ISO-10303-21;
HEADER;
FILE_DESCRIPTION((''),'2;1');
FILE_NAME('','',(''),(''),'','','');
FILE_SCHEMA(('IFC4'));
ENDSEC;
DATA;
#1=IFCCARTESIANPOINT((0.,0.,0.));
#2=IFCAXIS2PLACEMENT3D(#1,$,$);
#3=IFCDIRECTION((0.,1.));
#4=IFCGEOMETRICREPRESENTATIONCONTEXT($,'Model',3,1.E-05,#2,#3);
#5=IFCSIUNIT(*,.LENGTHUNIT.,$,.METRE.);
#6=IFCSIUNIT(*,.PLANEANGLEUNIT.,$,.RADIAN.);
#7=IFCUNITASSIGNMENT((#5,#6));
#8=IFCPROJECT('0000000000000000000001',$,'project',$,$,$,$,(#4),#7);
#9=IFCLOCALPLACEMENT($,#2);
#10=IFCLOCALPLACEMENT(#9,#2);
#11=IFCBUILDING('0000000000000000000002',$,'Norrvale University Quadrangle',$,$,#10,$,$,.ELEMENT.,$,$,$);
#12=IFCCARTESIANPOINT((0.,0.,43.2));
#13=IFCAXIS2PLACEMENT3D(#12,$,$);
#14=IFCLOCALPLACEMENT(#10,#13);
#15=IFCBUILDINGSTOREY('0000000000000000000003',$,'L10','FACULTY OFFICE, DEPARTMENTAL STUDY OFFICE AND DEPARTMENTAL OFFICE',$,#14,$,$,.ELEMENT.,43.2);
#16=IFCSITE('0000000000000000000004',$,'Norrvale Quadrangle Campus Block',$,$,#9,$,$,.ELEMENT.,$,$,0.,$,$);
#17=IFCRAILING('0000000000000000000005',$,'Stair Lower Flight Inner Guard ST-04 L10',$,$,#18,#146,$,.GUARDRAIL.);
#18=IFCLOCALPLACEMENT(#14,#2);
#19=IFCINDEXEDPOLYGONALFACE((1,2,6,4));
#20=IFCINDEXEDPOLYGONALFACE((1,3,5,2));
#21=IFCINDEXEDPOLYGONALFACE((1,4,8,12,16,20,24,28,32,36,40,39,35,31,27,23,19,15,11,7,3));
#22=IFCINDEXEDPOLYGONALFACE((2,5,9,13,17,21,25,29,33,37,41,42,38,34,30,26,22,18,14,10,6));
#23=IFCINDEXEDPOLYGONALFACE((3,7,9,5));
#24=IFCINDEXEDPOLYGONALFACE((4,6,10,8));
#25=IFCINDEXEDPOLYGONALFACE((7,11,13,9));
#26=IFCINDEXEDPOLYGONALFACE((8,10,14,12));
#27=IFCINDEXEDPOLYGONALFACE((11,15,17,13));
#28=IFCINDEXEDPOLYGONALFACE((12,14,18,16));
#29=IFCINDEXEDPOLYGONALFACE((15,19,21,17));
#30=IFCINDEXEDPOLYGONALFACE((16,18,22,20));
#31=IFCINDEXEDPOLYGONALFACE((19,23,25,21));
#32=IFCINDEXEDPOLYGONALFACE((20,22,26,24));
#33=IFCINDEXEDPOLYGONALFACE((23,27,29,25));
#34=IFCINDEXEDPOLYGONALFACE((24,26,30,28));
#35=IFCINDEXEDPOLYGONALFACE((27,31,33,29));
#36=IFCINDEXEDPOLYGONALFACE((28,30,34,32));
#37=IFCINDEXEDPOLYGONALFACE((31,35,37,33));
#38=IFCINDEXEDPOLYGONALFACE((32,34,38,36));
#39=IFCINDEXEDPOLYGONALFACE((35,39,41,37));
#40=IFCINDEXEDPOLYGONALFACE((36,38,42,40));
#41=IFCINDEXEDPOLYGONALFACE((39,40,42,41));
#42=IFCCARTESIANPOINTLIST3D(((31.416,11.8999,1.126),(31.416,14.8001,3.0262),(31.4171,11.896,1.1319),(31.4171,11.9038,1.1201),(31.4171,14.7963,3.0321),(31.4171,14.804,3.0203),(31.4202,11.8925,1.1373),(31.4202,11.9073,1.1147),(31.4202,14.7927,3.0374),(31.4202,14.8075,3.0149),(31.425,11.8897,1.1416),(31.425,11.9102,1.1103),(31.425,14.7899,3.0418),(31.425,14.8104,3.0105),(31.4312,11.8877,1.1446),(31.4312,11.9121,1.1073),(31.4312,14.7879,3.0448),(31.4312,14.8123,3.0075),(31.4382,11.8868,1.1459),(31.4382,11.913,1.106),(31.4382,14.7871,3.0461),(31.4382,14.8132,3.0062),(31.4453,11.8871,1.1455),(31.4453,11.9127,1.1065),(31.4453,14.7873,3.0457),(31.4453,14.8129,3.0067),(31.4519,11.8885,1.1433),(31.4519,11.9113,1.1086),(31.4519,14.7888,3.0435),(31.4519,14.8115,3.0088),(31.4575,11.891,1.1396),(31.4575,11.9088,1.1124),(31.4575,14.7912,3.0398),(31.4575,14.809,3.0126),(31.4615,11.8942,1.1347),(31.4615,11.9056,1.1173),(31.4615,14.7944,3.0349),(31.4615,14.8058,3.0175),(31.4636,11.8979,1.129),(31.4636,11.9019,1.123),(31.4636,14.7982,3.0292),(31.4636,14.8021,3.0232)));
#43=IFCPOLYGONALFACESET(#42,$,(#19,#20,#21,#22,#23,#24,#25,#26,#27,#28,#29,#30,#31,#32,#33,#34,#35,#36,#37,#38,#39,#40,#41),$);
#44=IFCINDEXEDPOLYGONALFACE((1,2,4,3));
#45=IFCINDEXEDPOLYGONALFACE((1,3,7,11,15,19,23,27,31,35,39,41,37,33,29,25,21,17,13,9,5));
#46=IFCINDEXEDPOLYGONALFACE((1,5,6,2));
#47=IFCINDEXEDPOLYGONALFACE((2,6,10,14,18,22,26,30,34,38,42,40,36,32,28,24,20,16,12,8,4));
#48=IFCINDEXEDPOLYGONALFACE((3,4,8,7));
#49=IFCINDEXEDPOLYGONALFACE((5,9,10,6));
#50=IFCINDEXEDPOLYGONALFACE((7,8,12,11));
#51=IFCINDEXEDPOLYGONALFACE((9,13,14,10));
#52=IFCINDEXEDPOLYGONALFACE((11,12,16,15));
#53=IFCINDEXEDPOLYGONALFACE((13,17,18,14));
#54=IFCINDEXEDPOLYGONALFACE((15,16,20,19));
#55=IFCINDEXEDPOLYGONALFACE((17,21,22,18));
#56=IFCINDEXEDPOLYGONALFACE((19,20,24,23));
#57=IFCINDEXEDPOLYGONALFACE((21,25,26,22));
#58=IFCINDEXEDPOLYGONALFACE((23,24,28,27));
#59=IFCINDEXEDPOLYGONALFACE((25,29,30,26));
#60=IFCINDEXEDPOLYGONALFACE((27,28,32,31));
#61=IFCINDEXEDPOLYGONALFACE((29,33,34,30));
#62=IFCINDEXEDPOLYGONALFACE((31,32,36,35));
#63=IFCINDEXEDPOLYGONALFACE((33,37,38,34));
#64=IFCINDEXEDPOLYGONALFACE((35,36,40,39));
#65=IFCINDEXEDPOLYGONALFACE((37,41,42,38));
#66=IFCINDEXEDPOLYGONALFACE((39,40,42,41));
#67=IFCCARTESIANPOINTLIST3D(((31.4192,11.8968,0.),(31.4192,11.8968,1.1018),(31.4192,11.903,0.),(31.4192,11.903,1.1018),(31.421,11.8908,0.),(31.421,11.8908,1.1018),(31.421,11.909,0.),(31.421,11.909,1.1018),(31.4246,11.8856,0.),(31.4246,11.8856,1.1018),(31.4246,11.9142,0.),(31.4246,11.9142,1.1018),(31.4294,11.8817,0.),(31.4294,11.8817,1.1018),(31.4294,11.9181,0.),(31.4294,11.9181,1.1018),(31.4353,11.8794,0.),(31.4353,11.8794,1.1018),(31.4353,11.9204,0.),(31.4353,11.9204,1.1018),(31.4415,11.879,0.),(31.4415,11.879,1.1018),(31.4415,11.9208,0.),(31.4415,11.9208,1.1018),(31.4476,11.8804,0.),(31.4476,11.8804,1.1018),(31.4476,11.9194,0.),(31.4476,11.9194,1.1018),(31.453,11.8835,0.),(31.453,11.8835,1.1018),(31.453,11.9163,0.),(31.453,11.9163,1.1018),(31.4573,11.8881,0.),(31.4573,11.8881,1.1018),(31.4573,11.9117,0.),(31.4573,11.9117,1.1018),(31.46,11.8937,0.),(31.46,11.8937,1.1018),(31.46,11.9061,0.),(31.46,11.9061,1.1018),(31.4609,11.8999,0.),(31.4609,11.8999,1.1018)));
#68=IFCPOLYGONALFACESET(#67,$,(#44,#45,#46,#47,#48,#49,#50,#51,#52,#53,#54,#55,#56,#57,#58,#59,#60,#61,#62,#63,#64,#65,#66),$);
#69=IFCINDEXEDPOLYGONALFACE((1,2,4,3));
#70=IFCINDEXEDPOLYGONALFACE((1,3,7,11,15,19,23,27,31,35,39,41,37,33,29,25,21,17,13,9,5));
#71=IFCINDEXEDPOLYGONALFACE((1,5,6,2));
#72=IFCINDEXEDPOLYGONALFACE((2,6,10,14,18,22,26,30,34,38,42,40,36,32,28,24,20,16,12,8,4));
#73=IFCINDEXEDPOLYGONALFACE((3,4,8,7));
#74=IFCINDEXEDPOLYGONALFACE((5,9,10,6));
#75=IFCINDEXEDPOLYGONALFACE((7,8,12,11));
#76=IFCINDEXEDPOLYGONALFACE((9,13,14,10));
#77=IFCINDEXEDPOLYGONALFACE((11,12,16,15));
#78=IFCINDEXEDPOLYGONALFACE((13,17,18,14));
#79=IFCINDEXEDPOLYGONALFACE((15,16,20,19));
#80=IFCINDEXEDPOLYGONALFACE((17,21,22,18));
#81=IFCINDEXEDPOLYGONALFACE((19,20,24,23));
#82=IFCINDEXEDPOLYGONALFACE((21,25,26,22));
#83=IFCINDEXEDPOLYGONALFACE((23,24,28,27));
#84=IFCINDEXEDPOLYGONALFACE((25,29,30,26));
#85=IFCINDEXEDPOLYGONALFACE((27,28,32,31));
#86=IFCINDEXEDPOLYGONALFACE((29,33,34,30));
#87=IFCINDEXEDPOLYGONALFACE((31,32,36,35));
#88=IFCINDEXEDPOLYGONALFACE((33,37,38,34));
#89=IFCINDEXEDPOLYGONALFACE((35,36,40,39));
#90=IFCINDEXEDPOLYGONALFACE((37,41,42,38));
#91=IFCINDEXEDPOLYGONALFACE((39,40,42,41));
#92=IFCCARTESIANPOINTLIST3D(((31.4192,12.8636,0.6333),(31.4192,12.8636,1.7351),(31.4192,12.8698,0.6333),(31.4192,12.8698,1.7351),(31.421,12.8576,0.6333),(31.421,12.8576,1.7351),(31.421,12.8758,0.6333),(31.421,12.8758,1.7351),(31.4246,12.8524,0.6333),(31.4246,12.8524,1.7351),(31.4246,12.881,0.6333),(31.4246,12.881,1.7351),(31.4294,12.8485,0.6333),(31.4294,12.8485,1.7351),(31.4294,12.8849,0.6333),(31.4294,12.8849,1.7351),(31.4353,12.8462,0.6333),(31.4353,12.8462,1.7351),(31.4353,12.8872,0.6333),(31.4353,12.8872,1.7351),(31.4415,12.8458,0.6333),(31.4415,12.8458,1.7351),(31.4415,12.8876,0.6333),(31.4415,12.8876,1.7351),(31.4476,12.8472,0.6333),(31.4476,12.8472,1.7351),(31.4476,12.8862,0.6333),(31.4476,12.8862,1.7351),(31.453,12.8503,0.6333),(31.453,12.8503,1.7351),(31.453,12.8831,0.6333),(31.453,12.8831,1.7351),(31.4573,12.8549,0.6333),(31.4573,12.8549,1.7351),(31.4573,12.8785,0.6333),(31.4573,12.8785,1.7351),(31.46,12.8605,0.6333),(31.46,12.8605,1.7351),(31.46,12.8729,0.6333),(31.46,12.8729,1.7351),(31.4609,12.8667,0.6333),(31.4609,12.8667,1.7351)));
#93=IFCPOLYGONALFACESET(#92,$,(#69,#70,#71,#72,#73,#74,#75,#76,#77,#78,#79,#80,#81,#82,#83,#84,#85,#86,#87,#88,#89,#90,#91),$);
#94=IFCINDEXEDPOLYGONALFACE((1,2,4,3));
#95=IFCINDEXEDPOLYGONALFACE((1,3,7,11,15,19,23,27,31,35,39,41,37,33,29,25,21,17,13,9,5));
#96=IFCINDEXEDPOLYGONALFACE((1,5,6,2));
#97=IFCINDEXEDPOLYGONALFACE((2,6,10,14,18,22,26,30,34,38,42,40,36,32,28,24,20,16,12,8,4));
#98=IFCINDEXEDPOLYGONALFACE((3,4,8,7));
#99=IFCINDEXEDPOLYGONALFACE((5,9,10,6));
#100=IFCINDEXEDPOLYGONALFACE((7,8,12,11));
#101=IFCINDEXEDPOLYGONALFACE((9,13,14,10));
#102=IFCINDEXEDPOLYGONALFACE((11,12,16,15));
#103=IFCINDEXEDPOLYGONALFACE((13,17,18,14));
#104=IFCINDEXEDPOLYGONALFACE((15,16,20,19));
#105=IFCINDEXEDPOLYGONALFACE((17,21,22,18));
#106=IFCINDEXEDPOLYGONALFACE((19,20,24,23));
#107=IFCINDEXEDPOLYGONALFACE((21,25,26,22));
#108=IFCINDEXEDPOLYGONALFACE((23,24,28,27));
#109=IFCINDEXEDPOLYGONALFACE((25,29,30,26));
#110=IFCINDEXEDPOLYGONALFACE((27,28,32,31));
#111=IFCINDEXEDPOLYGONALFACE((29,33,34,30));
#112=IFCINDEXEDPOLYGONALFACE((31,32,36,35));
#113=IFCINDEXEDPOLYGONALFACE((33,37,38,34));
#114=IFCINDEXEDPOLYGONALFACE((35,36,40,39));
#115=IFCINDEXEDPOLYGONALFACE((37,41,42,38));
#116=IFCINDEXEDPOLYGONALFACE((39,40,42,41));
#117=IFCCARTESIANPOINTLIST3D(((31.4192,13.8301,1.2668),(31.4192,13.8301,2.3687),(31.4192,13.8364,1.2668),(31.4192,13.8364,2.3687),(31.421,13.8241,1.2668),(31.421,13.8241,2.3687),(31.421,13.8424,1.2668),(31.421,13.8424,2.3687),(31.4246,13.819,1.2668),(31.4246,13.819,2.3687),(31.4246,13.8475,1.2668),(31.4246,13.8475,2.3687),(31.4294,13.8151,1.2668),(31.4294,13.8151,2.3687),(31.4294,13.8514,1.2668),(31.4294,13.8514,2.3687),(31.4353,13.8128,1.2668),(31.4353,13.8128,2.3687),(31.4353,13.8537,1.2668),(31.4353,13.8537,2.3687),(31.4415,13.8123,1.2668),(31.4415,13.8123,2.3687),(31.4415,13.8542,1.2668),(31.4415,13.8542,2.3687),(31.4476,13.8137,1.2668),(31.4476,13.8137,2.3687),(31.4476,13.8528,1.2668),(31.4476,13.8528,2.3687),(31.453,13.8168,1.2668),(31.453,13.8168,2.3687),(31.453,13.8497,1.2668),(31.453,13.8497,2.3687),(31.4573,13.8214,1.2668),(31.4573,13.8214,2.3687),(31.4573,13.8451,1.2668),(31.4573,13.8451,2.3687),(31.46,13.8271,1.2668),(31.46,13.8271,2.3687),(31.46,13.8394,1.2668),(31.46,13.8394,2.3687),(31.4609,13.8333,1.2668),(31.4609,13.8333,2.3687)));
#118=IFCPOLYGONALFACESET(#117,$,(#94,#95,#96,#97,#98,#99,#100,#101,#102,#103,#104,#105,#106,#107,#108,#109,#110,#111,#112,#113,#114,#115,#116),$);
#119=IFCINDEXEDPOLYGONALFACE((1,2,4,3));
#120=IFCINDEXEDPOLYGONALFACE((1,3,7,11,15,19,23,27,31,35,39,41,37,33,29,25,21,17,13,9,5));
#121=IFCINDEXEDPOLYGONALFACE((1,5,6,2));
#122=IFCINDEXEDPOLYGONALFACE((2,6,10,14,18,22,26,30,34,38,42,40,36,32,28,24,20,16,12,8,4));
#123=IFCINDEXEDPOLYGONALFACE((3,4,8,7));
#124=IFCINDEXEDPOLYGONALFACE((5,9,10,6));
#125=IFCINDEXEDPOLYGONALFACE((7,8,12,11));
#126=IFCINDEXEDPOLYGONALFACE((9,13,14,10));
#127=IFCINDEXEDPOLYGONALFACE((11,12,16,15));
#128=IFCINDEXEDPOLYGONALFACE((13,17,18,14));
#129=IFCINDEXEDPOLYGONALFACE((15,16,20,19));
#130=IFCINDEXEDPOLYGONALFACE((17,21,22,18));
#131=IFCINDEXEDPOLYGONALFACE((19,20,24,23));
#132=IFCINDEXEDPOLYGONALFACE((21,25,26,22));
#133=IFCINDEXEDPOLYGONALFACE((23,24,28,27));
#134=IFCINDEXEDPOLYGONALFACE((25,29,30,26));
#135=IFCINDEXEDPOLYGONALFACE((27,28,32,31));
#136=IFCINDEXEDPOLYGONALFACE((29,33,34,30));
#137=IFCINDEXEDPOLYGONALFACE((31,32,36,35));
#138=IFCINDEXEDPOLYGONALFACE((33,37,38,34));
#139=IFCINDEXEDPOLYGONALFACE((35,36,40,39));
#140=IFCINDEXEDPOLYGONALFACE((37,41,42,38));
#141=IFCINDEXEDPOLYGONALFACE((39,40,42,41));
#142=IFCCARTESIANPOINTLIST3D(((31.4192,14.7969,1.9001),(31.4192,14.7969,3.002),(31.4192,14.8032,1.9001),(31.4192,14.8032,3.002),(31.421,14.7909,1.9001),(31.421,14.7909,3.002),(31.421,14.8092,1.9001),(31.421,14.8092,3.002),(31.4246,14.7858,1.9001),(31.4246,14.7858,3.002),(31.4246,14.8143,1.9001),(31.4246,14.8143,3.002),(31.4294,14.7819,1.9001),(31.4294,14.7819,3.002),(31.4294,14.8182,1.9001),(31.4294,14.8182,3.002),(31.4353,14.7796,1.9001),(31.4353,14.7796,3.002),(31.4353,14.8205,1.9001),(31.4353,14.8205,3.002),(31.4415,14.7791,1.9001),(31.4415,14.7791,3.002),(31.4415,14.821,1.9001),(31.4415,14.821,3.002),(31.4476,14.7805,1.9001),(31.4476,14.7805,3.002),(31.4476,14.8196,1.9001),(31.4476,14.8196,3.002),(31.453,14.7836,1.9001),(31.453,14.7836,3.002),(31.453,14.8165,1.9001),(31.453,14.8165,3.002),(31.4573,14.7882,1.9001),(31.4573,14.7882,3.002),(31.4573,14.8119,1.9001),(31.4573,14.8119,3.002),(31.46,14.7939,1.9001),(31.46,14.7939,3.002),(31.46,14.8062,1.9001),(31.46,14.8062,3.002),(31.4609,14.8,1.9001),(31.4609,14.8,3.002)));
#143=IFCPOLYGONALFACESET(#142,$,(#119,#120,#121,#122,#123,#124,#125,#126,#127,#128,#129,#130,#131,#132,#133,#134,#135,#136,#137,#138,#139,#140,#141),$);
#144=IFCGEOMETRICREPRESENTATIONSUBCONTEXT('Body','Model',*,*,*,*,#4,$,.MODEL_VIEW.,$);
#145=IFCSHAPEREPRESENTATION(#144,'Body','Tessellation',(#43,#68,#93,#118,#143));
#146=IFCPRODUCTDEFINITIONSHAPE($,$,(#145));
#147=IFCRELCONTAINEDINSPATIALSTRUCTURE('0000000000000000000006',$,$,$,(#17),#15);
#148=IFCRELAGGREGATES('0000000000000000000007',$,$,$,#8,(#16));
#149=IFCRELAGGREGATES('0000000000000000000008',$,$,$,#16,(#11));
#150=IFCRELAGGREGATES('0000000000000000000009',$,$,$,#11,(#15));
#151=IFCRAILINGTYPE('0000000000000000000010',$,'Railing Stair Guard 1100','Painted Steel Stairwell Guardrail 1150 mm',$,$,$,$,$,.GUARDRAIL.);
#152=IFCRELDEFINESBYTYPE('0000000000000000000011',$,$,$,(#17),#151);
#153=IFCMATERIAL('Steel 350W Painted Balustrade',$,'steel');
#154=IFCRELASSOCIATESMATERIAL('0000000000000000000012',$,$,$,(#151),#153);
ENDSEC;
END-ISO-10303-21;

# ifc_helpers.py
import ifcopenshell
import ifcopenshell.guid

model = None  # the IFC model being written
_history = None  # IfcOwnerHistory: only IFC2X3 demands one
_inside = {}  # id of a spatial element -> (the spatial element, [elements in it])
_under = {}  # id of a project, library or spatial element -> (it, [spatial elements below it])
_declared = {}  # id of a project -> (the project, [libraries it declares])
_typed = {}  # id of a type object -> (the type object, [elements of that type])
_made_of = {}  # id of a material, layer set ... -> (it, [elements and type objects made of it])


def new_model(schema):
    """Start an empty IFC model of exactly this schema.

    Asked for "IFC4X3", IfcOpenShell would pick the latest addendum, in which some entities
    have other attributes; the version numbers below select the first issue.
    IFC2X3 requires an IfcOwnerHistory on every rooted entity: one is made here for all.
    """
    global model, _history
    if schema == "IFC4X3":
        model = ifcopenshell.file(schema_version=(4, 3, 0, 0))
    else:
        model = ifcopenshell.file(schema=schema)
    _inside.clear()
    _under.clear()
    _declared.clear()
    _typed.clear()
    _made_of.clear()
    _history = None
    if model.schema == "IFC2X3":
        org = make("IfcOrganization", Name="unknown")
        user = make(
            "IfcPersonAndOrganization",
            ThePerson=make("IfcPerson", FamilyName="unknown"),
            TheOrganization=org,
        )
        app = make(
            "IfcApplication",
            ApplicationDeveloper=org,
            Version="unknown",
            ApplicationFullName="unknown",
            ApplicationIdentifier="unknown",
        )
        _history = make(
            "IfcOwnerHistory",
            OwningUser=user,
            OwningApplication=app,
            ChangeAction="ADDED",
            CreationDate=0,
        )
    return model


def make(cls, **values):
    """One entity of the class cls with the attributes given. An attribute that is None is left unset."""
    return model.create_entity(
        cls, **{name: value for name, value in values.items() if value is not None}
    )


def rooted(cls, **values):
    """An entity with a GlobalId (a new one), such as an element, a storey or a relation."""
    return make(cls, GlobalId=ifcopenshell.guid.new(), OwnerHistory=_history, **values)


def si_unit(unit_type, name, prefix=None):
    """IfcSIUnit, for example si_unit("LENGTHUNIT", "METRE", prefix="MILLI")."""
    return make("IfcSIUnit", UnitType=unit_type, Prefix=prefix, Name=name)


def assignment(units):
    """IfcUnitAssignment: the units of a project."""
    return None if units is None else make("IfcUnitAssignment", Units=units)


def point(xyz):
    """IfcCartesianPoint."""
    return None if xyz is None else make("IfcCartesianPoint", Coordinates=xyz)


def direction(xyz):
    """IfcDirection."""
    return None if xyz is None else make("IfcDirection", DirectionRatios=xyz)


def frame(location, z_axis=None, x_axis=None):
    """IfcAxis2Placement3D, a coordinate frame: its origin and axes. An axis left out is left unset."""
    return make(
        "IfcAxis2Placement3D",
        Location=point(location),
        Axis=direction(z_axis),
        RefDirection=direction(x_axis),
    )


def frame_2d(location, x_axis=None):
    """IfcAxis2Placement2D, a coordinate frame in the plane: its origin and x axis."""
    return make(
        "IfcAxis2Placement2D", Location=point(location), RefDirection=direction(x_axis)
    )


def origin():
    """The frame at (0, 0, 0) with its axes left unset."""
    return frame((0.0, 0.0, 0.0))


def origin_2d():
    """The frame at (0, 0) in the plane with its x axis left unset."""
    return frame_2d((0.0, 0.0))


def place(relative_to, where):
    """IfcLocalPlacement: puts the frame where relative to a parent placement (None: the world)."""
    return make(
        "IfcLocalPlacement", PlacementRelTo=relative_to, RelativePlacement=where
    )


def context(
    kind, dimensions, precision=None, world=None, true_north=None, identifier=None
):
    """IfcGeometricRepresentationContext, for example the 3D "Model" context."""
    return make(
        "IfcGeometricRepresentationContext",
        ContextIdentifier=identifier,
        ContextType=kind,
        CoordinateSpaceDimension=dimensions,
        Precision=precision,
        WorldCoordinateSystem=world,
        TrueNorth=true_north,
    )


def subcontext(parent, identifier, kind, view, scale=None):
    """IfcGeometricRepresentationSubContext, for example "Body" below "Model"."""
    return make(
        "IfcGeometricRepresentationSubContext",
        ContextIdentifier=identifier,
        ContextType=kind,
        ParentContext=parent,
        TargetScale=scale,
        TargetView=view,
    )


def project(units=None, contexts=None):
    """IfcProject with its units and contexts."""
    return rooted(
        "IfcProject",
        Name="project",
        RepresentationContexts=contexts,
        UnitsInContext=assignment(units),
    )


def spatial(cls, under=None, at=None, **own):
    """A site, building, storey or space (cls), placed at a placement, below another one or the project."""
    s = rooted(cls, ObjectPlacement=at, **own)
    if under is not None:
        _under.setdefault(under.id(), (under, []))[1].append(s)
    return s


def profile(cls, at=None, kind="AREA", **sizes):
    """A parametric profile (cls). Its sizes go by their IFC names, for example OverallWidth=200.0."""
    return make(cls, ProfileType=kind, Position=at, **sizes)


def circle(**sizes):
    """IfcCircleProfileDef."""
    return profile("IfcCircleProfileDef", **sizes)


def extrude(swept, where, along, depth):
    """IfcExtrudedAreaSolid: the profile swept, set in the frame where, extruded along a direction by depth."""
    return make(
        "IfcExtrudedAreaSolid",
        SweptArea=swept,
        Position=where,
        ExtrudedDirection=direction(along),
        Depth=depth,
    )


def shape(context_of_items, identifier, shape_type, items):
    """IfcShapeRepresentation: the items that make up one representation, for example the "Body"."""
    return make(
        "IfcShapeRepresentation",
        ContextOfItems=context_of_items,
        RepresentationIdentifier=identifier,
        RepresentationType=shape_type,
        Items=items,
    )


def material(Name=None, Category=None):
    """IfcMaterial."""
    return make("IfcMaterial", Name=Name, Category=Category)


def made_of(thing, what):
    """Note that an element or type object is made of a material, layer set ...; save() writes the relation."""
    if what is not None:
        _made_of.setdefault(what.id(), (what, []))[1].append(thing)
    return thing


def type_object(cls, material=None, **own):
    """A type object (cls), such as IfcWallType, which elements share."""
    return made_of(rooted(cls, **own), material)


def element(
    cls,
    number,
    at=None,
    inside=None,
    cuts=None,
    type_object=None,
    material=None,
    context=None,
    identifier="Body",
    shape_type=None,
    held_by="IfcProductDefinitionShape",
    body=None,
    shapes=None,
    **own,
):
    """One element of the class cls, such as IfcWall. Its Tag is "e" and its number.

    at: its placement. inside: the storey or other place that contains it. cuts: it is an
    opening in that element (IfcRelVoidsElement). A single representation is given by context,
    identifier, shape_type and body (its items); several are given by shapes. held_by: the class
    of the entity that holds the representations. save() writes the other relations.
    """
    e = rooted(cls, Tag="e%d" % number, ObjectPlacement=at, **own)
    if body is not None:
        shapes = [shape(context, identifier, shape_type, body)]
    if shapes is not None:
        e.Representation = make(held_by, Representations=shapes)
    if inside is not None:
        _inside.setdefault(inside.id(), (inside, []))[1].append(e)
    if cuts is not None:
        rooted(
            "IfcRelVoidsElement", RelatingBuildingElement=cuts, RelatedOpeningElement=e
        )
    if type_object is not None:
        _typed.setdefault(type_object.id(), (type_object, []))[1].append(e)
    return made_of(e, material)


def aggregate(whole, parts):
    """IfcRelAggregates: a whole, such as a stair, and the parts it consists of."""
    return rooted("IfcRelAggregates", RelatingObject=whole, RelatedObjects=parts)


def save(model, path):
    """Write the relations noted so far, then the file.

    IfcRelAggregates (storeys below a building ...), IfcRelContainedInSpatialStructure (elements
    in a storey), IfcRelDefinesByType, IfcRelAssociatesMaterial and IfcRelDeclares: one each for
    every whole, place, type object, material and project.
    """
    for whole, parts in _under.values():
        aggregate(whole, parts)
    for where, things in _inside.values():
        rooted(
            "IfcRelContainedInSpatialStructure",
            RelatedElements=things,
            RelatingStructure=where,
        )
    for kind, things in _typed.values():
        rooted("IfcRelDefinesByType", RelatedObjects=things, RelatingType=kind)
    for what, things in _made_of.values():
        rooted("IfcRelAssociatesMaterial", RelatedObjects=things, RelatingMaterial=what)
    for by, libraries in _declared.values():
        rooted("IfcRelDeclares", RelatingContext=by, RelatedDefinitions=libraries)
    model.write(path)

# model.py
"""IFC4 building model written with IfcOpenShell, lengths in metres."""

from ifc_helpers import new_model, si_unit, direction, frame, origin, origin_2d, place, context, subcontext, project, spatial, circle, extrude, material, type_object, element, save


model = new_model("IFC4")

# Units and contexts
model_context = context("Model", 3, precision=1e-05, world=origin(), true_north=direction((0.0, 1.0)))
body_context = subcontext(model_context, "Body", "Model", "MODEL_VIEW")
ifc_project = project(units=[si_unit("LENGTHUNIT", "METRE"), si_unit("PLANEANGLEUNIT", "RADIAN")], contexts=[model_context])

# Site, building, storey
site_placement = place(None, origin())
site = spatial("IfcSite", under=ifc_project, at=site_placement, Name="Norrvale Quadrangle Campus Block", CompositionType="ELEMENT", RefElevation=0.0)
building_placement = place(site_placement, origin())
building = spatial("IfcBuilding", under=site, at=building_placement, Name="Norrvale University Quadrangle", CompositionType="ELEMENT")
storey_placement = place(building_placement, frame((0.0, 0.0, 43.2)))
storey = spatial("IfcBuildingStorey", under=building, at=storey_placement, Name="L10", Description="FACULTY OFFICE, DEPARTMENTAL STUDY OFFICE AND DEPARTMENTAL OFFICE", CompositionType="ELEMENT", Elevation=43.2)

# Railing
ifc_material_1 = material(Name="Steel 350W Painted Balustrade", Category="steel")
railing_type_1 = type_object("IfcRailingType", Name="Railing Stair Guard 1100", Description="Painted Steel Stairwell Guardrail 1150 mm", PredefinedType="GUARDRAIL", material=ifc_material_1)
railing_1_placement = place(storey_placement, frame((31.4399, 11.8999, 0.0)))
element("IfcRailing", 1, at=railing_1_placement, inside=storey, type_object=railing_type_1, Name="Stair Lower Flight Inner Guard ST-04 L10", PredefinedType="GUARDRAIL", context=body_context, shape_type="SweptSolid", body=[
    extrude(circle(Radius=0.0239, at=origin_2d()), frame((0.0, 0.0, 1.126), z_axis=(0.0, 0.836454, 0.548036), x_axis=(-1.0, 0.0, 0.0)), (0.0, 0.0, 1.0), 3.4673),
    extrude(circle(Radius=0.021, at=origin_2d()), origin(), (0.0, 0.0, 1.0), 1.1018),
    extrude(circle(Radius=0.021, at=origin_2d()), frame((0.0, 0.9668, 0.6333)), (0.0, 0.0, 1.0), 1.1018),
    extrude(circle(Radius=0.021, at=origin_2d()), frame((0.0, 1.9333, 1.2668)), (0.0, 0.0, 1.0), 1.1018),
    extrude(circle(Radius=0.021, at=origin_2d()), frame((0.0, 2.9001, 1.9001)), (0.0, 0.0, 1.0), 1.1018),
])

save(model, "model.ifc")
